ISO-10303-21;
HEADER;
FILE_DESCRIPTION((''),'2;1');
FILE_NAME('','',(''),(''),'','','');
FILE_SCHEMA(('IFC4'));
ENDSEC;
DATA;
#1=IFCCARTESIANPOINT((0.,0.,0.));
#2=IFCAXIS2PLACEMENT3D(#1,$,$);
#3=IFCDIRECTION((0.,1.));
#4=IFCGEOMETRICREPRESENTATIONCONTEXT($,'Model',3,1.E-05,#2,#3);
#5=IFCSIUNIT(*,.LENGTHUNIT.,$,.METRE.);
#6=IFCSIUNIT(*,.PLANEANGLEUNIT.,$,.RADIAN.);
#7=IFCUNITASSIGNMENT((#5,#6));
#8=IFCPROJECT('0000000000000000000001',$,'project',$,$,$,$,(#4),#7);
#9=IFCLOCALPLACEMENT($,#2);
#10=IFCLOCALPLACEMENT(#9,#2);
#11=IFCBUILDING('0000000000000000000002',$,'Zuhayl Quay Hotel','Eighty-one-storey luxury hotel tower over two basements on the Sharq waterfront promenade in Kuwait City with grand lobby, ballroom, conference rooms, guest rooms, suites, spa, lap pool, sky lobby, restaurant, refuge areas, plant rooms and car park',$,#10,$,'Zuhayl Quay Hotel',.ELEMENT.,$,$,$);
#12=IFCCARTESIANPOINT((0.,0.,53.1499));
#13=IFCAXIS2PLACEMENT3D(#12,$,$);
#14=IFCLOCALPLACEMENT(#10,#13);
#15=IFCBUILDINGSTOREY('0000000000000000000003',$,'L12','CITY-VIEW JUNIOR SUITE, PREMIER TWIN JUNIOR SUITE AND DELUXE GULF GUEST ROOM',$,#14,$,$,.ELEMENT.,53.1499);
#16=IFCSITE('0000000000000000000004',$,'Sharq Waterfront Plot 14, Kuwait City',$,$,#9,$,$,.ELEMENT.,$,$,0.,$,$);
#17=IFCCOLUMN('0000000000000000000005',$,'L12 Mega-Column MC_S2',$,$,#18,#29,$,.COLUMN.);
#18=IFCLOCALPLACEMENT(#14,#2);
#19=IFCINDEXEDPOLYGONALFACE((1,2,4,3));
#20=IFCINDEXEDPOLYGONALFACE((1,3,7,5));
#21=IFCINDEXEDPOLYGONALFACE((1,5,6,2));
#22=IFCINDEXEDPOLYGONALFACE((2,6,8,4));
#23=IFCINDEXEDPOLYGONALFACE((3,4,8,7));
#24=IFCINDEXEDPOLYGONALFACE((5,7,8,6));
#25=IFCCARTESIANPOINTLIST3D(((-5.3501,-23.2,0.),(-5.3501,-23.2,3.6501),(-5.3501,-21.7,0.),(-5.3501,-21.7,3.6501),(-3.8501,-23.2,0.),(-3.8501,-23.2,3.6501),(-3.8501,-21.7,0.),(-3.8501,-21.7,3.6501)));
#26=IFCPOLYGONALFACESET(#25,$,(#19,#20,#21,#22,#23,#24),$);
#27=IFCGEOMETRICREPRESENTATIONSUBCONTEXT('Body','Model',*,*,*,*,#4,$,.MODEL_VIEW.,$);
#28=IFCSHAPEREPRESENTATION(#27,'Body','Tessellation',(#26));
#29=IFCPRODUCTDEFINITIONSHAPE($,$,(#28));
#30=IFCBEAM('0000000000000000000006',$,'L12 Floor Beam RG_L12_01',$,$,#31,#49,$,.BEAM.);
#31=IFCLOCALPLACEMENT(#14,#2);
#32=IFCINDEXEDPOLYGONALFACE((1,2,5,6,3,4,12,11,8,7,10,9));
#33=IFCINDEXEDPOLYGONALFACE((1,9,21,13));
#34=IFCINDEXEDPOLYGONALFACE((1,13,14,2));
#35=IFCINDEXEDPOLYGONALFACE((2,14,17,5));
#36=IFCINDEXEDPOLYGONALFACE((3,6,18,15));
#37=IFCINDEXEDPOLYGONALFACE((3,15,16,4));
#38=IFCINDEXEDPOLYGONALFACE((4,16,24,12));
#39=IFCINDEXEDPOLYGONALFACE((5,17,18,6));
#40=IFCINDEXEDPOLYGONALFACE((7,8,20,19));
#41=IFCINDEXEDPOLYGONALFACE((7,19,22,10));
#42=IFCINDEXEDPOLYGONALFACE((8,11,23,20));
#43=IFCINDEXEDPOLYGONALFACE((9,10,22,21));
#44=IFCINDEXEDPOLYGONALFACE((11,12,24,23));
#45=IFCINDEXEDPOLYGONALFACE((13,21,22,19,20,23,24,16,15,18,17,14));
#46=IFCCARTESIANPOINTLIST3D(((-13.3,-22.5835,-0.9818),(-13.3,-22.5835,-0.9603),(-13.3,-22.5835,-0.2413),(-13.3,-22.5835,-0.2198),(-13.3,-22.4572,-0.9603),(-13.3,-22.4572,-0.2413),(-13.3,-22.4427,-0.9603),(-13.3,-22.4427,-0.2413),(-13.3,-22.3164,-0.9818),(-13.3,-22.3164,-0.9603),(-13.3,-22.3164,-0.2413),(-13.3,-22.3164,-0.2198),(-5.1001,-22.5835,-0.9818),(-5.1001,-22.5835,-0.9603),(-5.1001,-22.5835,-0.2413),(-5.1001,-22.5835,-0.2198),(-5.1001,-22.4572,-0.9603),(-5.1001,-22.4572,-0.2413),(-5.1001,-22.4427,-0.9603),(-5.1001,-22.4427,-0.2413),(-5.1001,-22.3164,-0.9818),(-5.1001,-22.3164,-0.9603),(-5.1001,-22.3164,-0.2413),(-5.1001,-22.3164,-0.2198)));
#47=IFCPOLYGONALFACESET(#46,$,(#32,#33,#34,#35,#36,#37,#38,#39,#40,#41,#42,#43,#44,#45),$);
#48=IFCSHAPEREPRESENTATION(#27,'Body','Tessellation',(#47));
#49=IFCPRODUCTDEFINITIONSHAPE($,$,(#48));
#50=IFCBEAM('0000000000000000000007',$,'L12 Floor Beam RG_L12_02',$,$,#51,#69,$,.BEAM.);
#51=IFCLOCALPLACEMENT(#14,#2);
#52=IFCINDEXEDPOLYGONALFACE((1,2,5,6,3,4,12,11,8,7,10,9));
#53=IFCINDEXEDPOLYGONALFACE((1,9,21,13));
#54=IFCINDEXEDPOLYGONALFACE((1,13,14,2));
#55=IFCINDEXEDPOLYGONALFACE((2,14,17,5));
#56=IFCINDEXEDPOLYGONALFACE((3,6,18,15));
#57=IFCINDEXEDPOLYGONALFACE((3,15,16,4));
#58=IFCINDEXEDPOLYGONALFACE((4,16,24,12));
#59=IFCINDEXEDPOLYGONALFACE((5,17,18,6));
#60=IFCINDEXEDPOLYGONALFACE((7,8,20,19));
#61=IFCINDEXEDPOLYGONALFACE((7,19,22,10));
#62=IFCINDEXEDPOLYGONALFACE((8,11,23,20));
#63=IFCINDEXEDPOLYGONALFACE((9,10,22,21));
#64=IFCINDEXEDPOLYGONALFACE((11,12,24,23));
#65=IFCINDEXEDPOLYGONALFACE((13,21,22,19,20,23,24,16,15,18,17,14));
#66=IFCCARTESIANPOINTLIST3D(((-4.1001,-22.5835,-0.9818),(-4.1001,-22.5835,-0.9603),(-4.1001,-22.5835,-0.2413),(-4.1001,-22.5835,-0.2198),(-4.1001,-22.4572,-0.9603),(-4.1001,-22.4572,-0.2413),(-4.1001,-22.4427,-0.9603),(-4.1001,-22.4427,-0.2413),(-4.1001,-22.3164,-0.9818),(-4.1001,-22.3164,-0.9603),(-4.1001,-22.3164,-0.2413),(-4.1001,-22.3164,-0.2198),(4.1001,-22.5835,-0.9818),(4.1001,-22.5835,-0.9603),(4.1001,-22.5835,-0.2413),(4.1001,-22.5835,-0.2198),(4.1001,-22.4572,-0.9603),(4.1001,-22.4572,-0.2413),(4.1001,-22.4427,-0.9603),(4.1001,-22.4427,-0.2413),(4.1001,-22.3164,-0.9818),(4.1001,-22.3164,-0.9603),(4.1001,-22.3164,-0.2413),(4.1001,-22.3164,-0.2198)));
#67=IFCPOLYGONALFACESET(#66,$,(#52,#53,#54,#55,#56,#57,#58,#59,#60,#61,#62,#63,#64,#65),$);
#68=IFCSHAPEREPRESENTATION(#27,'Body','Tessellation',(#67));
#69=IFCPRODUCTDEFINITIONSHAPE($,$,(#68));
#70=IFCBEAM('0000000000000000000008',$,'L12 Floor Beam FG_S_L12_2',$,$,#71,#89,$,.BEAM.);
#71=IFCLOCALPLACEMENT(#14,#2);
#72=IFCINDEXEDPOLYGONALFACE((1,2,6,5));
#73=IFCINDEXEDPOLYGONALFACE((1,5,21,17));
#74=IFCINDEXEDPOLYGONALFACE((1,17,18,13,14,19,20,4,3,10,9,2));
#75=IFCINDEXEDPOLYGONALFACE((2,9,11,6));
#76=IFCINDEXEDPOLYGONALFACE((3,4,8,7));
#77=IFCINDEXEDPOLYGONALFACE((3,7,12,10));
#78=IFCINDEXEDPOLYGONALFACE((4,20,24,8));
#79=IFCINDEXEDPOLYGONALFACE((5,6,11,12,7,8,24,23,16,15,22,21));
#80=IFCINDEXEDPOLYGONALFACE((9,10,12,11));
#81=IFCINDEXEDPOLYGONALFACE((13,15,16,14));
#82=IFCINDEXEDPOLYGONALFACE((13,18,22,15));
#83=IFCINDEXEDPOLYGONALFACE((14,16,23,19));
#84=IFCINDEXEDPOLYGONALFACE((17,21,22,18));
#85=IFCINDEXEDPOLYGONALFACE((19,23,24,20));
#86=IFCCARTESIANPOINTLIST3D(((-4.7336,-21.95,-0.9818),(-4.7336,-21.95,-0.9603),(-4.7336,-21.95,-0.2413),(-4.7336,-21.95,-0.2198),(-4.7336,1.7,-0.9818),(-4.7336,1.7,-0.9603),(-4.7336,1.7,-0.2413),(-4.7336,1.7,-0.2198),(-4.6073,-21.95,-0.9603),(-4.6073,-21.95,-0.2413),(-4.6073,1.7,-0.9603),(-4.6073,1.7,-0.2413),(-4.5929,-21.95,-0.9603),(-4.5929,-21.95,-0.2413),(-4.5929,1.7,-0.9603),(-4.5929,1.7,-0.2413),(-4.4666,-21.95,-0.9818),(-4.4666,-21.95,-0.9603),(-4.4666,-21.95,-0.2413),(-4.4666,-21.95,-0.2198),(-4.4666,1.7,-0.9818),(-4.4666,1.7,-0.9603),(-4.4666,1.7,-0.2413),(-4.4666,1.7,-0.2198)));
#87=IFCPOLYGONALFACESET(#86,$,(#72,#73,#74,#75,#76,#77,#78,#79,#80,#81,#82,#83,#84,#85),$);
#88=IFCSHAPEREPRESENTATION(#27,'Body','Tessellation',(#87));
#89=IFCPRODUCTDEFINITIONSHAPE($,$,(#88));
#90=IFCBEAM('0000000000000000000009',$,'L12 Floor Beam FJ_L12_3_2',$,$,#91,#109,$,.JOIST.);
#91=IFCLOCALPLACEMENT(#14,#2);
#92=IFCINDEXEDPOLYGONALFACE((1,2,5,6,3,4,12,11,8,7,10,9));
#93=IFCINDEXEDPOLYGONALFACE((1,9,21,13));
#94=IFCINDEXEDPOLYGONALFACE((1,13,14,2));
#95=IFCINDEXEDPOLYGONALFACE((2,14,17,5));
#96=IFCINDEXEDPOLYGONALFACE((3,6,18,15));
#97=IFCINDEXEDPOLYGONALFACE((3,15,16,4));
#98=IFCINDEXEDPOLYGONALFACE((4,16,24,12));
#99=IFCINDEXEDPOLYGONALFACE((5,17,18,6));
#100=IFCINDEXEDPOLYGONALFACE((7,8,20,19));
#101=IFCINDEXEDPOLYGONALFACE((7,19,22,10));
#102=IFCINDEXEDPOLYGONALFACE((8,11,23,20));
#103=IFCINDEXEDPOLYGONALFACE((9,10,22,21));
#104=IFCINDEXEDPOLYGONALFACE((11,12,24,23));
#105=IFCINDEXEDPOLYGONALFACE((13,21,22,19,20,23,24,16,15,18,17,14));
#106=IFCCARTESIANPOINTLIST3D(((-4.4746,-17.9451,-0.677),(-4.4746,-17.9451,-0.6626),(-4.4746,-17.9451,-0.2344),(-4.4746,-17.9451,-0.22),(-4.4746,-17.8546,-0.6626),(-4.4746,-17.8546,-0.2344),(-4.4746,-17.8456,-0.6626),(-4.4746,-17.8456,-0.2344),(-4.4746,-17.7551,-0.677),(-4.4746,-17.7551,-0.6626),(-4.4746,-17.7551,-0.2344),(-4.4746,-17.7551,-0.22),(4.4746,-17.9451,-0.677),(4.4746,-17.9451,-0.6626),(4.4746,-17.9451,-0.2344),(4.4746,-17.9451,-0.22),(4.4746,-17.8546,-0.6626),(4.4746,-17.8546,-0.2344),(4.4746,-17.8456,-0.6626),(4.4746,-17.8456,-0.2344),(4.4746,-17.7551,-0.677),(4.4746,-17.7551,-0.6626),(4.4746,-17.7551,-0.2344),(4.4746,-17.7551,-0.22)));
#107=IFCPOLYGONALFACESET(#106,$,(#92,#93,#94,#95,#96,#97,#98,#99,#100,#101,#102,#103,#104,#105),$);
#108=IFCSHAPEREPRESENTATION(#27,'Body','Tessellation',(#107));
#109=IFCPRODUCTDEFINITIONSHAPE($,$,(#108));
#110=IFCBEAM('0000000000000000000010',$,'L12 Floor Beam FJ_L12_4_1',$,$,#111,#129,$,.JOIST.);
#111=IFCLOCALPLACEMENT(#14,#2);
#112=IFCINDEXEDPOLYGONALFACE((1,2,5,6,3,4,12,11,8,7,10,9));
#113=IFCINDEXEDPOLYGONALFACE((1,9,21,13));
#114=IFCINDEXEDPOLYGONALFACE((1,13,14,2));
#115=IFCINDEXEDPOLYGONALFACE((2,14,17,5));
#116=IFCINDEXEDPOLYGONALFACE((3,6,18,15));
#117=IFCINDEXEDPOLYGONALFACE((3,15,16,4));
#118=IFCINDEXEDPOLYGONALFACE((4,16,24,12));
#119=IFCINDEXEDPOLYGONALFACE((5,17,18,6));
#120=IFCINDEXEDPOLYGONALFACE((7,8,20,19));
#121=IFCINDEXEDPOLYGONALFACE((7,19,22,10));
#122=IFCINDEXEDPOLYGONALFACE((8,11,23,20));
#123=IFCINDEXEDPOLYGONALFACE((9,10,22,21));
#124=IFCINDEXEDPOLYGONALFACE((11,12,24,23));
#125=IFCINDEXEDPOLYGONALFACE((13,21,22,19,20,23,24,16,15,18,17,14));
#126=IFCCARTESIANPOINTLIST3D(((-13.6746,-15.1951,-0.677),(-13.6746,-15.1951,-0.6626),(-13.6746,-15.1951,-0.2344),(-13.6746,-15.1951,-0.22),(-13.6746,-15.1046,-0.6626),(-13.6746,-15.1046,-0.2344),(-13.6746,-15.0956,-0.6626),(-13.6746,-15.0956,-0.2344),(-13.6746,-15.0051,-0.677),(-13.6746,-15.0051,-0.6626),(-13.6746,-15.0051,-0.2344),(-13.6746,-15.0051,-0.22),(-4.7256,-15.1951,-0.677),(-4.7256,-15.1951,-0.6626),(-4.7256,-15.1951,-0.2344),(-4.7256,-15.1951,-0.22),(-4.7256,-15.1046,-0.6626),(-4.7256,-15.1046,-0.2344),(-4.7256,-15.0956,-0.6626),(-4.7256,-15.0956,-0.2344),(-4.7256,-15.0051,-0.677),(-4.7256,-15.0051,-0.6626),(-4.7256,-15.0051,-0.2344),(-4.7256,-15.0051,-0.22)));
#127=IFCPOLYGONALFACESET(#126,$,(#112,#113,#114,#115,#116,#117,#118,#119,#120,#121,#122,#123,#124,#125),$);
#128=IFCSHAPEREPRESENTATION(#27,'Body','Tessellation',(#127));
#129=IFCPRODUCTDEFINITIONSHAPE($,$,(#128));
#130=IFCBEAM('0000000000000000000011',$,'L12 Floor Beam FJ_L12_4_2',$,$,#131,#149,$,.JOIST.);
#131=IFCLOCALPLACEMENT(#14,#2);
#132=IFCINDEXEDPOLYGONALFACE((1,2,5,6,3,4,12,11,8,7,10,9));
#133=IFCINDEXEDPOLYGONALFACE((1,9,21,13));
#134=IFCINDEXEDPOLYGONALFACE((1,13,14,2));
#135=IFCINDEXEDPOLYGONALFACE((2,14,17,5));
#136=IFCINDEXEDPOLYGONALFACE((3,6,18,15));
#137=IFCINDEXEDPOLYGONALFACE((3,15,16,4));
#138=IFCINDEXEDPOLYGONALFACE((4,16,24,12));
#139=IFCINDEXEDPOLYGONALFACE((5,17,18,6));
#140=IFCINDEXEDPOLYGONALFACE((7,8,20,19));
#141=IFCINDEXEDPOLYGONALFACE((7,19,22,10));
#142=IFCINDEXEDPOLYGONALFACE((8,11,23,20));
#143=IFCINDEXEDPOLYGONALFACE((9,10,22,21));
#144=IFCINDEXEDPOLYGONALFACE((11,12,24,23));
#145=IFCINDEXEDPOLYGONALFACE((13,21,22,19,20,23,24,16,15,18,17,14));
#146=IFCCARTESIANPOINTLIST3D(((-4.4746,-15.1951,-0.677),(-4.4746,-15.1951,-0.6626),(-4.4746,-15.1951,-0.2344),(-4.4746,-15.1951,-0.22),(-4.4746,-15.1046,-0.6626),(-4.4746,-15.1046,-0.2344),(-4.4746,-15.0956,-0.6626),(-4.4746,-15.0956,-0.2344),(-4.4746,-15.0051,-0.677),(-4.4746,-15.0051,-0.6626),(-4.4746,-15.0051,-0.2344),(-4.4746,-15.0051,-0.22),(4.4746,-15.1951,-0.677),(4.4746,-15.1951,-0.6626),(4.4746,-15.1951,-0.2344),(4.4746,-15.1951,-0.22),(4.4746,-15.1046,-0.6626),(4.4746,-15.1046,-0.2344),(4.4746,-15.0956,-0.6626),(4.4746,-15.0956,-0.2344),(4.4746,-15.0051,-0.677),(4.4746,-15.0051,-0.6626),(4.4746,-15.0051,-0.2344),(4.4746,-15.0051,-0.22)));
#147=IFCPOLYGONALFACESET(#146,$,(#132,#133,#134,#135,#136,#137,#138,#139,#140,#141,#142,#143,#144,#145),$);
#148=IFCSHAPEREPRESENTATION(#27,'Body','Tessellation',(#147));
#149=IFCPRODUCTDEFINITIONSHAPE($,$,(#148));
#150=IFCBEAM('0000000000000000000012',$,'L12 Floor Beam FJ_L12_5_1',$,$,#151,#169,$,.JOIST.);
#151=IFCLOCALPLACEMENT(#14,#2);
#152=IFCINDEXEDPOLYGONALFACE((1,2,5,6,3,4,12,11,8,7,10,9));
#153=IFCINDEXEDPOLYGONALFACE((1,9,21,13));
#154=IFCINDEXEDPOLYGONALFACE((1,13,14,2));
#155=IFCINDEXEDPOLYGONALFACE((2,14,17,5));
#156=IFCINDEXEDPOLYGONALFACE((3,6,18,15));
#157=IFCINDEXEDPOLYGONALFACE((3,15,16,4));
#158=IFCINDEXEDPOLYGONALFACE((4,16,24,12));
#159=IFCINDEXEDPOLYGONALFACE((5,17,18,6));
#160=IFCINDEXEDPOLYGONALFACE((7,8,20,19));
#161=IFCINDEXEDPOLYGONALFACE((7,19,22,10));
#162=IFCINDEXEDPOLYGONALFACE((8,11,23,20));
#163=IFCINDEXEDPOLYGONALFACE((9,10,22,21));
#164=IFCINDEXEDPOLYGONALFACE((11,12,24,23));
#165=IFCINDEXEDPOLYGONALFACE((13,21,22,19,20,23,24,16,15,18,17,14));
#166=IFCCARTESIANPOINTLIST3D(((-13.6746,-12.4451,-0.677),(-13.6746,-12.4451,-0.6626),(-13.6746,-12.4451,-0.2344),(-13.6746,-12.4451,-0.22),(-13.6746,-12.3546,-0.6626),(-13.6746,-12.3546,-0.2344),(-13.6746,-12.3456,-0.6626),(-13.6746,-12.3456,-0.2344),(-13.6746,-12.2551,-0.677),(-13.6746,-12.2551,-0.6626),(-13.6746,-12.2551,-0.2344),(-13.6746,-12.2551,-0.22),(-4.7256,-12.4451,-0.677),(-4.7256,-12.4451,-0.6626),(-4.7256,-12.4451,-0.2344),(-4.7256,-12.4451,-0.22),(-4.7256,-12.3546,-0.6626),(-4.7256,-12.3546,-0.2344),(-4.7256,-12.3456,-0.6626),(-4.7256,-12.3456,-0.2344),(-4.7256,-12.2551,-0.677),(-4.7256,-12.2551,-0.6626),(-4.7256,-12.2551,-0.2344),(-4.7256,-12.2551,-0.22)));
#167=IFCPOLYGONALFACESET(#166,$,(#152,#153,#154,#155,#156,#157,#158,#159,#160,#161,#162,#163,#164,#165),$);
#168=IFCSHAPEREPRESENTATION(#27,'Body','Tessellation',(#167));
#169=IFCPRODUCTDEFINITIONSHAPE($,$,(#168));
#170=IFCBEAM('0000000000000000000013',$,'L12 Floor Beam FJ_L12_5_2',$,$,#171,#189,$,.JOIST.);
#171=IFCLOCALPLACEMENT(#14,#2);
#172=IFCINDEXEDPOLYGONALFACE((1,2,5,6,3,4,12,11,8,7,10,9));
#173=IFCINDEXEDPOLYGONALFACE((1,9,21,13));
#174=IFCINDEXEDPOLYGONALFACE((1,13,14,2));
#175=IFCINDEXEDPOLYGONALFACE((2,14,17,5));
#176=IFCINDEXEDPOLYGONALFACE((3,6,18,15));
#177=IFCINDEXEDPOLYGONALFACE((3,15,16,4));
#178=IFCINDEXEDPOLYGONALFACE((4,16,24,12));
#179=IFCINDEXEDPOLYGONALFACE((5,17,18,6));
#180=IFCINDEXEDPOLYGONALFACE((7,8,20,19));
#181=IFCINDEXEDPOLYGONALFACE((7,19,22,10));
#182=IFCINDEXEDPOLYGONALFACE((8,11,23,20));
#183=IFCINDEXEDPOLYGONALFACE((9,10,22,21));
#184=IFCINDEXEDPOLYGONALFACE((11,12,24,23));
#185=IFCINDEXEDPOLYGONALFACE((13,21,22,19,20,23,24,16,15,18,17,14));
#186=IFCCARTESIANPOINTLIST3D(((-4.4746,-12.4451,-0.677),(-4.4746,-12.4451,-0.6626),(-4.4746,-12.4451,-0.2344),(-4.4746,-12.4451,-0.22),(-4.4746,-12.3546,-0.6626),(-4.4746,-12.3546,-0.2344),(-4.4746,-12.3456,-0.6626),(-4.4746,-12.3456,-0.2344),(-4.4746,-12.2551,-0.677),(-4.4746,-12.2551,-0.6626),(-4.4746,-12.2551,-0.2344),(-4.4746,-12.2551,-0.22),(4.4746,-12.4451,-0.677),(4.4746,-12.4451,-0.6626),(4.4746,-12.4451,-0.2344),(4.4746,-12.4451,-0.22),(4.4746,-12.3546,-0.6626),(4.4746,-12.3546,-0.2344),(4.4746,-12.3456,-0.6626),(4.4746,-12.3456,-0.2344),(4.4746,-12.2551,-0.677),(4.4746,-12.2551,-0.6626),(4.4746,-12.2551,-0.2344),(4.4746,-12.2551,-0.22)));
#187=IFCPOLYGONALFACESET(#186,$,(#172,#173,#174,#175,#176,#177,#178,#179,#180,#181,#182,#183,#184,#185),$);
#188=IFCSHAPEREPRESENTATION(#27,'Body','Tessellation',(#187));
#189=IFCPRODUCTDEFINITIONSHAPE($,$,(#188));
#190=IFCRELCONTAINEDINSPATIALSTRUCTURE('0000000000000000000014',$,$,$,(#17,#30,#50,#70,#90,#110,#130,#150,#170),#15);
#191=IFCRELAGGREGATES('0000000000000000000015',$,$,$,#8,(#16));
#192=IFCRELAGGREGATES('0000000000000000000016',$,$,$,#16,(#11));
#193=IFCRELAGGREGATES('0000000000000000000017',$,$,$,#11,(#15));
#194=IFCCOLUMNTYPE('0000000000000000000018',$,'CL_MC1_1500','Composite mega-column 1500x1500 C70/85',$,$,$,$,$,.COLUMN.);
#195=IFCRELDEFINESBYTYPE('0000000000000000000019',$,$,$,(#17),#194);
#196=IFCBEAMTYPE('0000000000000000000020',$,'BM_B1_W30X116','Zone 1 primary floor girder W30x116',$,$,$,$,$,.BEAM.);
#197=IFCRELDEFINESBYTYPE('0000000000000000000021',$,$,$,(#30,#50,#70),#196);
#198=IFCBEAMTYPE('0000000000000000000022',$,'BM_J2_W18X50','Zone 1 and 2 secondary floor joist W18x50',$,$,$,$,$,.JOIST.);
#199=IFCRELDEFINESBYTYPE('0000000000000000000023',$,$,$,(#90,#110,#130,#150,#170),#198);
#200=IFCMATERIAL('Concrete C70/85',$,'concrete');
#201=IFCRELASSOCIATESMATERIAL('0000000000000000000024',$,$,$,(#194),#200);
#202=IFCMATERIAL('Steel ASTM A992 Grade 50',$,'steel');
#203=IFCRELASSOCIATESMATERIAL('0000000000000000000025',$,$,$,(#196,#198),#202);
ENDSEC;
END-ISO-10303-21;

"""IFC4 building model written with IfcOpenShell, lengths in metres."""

from ifc_helpers import new_model, si_unit, direction, frame, origin, origin_2d, place, context, subcontext, project, spatial, rectangle, i_section, extrude, material, material_profile, profile_set, type_object, element, save


model = new_model("IFC4")

# Units and contexts
model_context = context("Model", 3, precision=1e-05, world=origin(), true_north=direction((0.0, 1.0)))
body_context = subcontext(model_context, "Body", "Model", "MODEL_VIEW")
ifc_project = project(units=[si_unit("LENGTHUNIT", "METRE"), si_unit("PLANEANGLEUNIT", "RADIAN")], contexts=[model_context])

# Site, building, storey
site_placement = place(None, origin())
site = spatial("IfcSite", under=ifc_project, at=site_placement, Name="Sharq Waterfront Plot 14, Kuwait City", CompositionType="ELEMENT", RefElevation=0.0)
building_placement = place(site_placement, origin())
building = spatial("IfcBuilding", under=site, at=building_placement, Name="Zuhayl Quay Hotel", Description="Eighty-one-storey luxury hotel tower over two basements on the Sharq waterfront promenade in Kuwait City with grand lobby, ballroom, conference rooms, guest rooms, suites, spa, lap pool, sky lobby, restaurant, refuge areas, plant rooms and car park", LongName="Zuhayl Quay Hotel", CompositionType="ELEMENT")
storey_placement = place(building_placement, frame((0.0, 0.0, 53.1499)))
storey = spatial("IfcBuildingStorey", under=building, at=storey_placement, Name="L12", Description="CITY-VIEW JUNIOR SUITE, PREMIER TWIN JUNIOR SUITE AND DELUXE GULF GUEST ROOM", CompositionType="ELEMENT", Elevation=53.1499)

# Column
ifc_material_1 = material(Name="Concrete C70/85", Category="concrete")
ifc_material_profile_1 = material_profile(ifc_material_1, rectangle(XDim=1.5, YDim=1.5, at=origin_2d()), Name="RC1500X1500")
ifc_profile_set_1 = profile_set([ifc_material_profile_1], Name="Concrete C70/85")
column_type = type_object("IfcColumnType", Name="CL_MC1_1500", Description="Composite mega-column 1500x1500 C70/85", PredefinedType="COLUMN", material=ifc_profile_set_1)
column_placement = place(storey_placement, frame((-4.6001, -22.45, 0.0), z_axis=(0.0, 0.0, 1.0), x_axis=(1.0, 0.0, 0.0)))
element("IfcColumn", 1, at=column_placement, inside=storey, type_object=column_type, Name="L12 Mega-Column MC_S2", PredefinedType="COLUMN", context=body_context, shape_type="SweptSolid", body=[
    extrude(rectangle(XDim=1.5, YDim=1.5, at=origin_2d()), origin(), (0.0, 0.0, 1.0), 3.6501),
])

# Beams
ifc_material_2 = material(Name="Steel ASTM A992 Grade 50", Category="steel")
ifc_material_profile_2 = material_profile(ifc_material_2, i_section(OverallWidth=0.2671, OverallDepth=0.762, WebThickness=0.0144, FlangeThickness=0.0215, at=origin_2d()), Name="W30X116")
ifc_profile_set_2 = profile_set([ifc_material_profile_2], Name="Steel ASTM A992 Grade 50")
beam_type_1 = type_object("IfcBeamType", Name="BM_B1_W30X116", Description="Zone 1 primary floor girder W30x116", PredefinedType="BEAM", material=ifc_profile_set_2)
beam_1_placement = place(storey_placement, frame((-13.3, -22.45, -0.6008), z_axis=(1.0, 0.0, 0.0), x_axis=(0.0, 1.0, 0.0)))
element("IfcBeam", 2, at=beam_1_placement, inside=storey, type_object=beam_type_1, Name="L12 Floor Beam RG_L12_01", PredefinedType="BEAM", context=body_context, shape_type="SweptSolid", body=[
    extrude(i_section(OverallWidth=0.2671, OverallDepth=0.762, WebThickness=0.0144, FlangeThickness=0.0215, at=origin_2d()), origin(), (0.0, 0.0, 1.0), 8.2),
])
beam_2_placement = place(storey_placement, frame((-4.1001, -22.45, -0.6008), z_axis=(1.0, 0.0, 0.0), x_axis=(0.0, 1.0, 0.0)))
element("IfcBeam", 3, at=beam_2_placement, inside=storey, type_object=beam_type_1, Name="L12 Floor Beam RG_L12_02", PredefinedType="BEAM", context=body_context, shape_type="SweptSolid", body=[
    extrude(i_section(OverallWidth=0.2671, OverallDepth=0.762, WebThickness=0.0144, FlangeThickness=0.0215, at=origin_2d()), origin(), (0.0, 0.0, 1.0), 8.2002),
])
beam_3_placement = place(storey_placement, frame((-4.6001, -21.95, -0.6008), z_axis=(0.0, 1.0, 0.0), x_axis=(-1.0, 0.0, 0.0)))
element("IfcBeam", 4, at=beam_3_placement, inside=storey, type_object=beam_type_1, Name="L12 Floor Beam FG_S_L12_2", PredefinedType="BEAM", context=body_context, shape_type="SweptSolid", body=[
    extrude(i_section(OverallWidth=0.2671, OverallDepth=0.762, WebThickness=0.0144, FlangeThickness=0.0215, at=origin_2d()), origin(), (0.0, 0.0, 1.0), 23.6499),
])
ifc_material_profile_3 = material_profile(ifc_material_2, i_section(OverallWidth=0.1899, OverallDepth=0.457, WebThickness=0.009, FlangeThickness=0.0144, at=origin_2d()), Name="W18X50")
ifc_profile_set_3 = profile_set([ifc_material_profile_3], Name="Steel ASTM A992 Grade 50")
beam_type_2 = type_object("IfcBeamType", Name="BM_J2_W18X50", Description="Zone 1 and 2 secondary floor joist W18x50", PredefinedType="JOIST", material=ifc_profile_set_3)
beam_4_placement = place(storey_placement, frame((-4.4746, -17.8501, -0.4485), z_axis=(1.0, 0.0, 0.0), x_axis=(0.0, 1.0, 0.0)))
element("IfcBeam", 5, at=beam_4_placement, inside=storey, type_object=beam_type_2, Name="L12 Floor Beam FJ_L12_3_2", PredefinedType="JOIST", context=body_context, shape_type="SweptSolid", body=[
    extrude(i_section(OverallWidth=0.1899, OverallDepth=0.457, WebThickness=0.009, FlangeThickness=0.0144, at=origin_2d()), origin(), (0.0, 0.0, 1.0), 8.9492),
])
beam_5_placement = place(storey_placement, frame((-13.6746, -15.1001, -0.4485), z_axis=(1.0, 0.0, 0.0), x_axis=(0.0, 1.0, 0.0)))
element("IfcBeam", 6, at=beam_5_placement, inside=storey, type_object=beam_type_2, Name="L12 Floor Beam FJ_L12_4_1", PredefinedType="JOIST", context=body_context, shape_type="SweptSolid", body=[
    extrude(i_section(OverallWidth=0.1899, OverallDepth=0.457, WebThickness=0.009, FlangeThickness=0.0144, at=origin_2d()), origin(), (0.0, 0.0, 1.0), 8.949),
])
beam_6_placement = place(storey_placement, frame((-4.4746, -15.1001, -0.4485), z_axis=(1.0, 0.0, 0.0), x_axis=(0.0, 1.0, 0.0)))
element("IfcBeam", 7, at=beam_6_placement, inside=storey, type_object=beam_type_2, Name="L12 Floor Beam FJ_L12_4_2", PredefinedType="JOIST", context=body_context, shape_type="SweptSolid", body=[
    extrude(i_section(OverallWidth=0.1899, OverallDepth=0.457, WebThickness=0.009, FlangeThickness=0.0144, at=origin_2d()), origin(), (0.0, 0.0, 1.0), 8.9492),
])
beam_7_placement = place(storey_placement, frame((-13.6746, -12.3501, -0.4485), z_axis=(1.0, 0.0, 0.0), x_axis=(0.0, 1.0, 0.0)))
element("IfcBeam", 8, at=beam_7_placement, inside=storey, type_object=beam_type_2, Name="L12 Floor Beam FJ_L12_5_1", PredefinedType="JOIST", context=body_context, shape_type="SweptSolid", body=[
    extrude(i_section(OverallWidth=0.1899, OverallDepth=0.457, WebThickness=0.009, FlangeThickness=0.0144, at=origin_2d()), origin(), (0.0, 0.0, 1.0), 8.949),
])
beam_8_placement = place(storey_placement, frame((-4.4746, -12.3501, -0.4485), z_axis=(1.0, 0.0, 0.0), x_axis=(0.0, 1.0, 0.0)))
element("IfcBeam", 9, at=beam_8_placement, inside=storey, type_object=beam_type_2, Name="L12 Floor Beam FJ_L12_5_2", PredefinedType="JOIST", context=body_context, shape_type="SweptSolid", body=[
    extrude(i_section(OverallWidth=0.1899, OverallDepth=0.457, WebThickness=0.009, FlangeThickness=0.0144, at=origin_2d()), origin(), (0.0, 0.0, 1.0), 8.9492),
])

save(model, "model.ifc")
